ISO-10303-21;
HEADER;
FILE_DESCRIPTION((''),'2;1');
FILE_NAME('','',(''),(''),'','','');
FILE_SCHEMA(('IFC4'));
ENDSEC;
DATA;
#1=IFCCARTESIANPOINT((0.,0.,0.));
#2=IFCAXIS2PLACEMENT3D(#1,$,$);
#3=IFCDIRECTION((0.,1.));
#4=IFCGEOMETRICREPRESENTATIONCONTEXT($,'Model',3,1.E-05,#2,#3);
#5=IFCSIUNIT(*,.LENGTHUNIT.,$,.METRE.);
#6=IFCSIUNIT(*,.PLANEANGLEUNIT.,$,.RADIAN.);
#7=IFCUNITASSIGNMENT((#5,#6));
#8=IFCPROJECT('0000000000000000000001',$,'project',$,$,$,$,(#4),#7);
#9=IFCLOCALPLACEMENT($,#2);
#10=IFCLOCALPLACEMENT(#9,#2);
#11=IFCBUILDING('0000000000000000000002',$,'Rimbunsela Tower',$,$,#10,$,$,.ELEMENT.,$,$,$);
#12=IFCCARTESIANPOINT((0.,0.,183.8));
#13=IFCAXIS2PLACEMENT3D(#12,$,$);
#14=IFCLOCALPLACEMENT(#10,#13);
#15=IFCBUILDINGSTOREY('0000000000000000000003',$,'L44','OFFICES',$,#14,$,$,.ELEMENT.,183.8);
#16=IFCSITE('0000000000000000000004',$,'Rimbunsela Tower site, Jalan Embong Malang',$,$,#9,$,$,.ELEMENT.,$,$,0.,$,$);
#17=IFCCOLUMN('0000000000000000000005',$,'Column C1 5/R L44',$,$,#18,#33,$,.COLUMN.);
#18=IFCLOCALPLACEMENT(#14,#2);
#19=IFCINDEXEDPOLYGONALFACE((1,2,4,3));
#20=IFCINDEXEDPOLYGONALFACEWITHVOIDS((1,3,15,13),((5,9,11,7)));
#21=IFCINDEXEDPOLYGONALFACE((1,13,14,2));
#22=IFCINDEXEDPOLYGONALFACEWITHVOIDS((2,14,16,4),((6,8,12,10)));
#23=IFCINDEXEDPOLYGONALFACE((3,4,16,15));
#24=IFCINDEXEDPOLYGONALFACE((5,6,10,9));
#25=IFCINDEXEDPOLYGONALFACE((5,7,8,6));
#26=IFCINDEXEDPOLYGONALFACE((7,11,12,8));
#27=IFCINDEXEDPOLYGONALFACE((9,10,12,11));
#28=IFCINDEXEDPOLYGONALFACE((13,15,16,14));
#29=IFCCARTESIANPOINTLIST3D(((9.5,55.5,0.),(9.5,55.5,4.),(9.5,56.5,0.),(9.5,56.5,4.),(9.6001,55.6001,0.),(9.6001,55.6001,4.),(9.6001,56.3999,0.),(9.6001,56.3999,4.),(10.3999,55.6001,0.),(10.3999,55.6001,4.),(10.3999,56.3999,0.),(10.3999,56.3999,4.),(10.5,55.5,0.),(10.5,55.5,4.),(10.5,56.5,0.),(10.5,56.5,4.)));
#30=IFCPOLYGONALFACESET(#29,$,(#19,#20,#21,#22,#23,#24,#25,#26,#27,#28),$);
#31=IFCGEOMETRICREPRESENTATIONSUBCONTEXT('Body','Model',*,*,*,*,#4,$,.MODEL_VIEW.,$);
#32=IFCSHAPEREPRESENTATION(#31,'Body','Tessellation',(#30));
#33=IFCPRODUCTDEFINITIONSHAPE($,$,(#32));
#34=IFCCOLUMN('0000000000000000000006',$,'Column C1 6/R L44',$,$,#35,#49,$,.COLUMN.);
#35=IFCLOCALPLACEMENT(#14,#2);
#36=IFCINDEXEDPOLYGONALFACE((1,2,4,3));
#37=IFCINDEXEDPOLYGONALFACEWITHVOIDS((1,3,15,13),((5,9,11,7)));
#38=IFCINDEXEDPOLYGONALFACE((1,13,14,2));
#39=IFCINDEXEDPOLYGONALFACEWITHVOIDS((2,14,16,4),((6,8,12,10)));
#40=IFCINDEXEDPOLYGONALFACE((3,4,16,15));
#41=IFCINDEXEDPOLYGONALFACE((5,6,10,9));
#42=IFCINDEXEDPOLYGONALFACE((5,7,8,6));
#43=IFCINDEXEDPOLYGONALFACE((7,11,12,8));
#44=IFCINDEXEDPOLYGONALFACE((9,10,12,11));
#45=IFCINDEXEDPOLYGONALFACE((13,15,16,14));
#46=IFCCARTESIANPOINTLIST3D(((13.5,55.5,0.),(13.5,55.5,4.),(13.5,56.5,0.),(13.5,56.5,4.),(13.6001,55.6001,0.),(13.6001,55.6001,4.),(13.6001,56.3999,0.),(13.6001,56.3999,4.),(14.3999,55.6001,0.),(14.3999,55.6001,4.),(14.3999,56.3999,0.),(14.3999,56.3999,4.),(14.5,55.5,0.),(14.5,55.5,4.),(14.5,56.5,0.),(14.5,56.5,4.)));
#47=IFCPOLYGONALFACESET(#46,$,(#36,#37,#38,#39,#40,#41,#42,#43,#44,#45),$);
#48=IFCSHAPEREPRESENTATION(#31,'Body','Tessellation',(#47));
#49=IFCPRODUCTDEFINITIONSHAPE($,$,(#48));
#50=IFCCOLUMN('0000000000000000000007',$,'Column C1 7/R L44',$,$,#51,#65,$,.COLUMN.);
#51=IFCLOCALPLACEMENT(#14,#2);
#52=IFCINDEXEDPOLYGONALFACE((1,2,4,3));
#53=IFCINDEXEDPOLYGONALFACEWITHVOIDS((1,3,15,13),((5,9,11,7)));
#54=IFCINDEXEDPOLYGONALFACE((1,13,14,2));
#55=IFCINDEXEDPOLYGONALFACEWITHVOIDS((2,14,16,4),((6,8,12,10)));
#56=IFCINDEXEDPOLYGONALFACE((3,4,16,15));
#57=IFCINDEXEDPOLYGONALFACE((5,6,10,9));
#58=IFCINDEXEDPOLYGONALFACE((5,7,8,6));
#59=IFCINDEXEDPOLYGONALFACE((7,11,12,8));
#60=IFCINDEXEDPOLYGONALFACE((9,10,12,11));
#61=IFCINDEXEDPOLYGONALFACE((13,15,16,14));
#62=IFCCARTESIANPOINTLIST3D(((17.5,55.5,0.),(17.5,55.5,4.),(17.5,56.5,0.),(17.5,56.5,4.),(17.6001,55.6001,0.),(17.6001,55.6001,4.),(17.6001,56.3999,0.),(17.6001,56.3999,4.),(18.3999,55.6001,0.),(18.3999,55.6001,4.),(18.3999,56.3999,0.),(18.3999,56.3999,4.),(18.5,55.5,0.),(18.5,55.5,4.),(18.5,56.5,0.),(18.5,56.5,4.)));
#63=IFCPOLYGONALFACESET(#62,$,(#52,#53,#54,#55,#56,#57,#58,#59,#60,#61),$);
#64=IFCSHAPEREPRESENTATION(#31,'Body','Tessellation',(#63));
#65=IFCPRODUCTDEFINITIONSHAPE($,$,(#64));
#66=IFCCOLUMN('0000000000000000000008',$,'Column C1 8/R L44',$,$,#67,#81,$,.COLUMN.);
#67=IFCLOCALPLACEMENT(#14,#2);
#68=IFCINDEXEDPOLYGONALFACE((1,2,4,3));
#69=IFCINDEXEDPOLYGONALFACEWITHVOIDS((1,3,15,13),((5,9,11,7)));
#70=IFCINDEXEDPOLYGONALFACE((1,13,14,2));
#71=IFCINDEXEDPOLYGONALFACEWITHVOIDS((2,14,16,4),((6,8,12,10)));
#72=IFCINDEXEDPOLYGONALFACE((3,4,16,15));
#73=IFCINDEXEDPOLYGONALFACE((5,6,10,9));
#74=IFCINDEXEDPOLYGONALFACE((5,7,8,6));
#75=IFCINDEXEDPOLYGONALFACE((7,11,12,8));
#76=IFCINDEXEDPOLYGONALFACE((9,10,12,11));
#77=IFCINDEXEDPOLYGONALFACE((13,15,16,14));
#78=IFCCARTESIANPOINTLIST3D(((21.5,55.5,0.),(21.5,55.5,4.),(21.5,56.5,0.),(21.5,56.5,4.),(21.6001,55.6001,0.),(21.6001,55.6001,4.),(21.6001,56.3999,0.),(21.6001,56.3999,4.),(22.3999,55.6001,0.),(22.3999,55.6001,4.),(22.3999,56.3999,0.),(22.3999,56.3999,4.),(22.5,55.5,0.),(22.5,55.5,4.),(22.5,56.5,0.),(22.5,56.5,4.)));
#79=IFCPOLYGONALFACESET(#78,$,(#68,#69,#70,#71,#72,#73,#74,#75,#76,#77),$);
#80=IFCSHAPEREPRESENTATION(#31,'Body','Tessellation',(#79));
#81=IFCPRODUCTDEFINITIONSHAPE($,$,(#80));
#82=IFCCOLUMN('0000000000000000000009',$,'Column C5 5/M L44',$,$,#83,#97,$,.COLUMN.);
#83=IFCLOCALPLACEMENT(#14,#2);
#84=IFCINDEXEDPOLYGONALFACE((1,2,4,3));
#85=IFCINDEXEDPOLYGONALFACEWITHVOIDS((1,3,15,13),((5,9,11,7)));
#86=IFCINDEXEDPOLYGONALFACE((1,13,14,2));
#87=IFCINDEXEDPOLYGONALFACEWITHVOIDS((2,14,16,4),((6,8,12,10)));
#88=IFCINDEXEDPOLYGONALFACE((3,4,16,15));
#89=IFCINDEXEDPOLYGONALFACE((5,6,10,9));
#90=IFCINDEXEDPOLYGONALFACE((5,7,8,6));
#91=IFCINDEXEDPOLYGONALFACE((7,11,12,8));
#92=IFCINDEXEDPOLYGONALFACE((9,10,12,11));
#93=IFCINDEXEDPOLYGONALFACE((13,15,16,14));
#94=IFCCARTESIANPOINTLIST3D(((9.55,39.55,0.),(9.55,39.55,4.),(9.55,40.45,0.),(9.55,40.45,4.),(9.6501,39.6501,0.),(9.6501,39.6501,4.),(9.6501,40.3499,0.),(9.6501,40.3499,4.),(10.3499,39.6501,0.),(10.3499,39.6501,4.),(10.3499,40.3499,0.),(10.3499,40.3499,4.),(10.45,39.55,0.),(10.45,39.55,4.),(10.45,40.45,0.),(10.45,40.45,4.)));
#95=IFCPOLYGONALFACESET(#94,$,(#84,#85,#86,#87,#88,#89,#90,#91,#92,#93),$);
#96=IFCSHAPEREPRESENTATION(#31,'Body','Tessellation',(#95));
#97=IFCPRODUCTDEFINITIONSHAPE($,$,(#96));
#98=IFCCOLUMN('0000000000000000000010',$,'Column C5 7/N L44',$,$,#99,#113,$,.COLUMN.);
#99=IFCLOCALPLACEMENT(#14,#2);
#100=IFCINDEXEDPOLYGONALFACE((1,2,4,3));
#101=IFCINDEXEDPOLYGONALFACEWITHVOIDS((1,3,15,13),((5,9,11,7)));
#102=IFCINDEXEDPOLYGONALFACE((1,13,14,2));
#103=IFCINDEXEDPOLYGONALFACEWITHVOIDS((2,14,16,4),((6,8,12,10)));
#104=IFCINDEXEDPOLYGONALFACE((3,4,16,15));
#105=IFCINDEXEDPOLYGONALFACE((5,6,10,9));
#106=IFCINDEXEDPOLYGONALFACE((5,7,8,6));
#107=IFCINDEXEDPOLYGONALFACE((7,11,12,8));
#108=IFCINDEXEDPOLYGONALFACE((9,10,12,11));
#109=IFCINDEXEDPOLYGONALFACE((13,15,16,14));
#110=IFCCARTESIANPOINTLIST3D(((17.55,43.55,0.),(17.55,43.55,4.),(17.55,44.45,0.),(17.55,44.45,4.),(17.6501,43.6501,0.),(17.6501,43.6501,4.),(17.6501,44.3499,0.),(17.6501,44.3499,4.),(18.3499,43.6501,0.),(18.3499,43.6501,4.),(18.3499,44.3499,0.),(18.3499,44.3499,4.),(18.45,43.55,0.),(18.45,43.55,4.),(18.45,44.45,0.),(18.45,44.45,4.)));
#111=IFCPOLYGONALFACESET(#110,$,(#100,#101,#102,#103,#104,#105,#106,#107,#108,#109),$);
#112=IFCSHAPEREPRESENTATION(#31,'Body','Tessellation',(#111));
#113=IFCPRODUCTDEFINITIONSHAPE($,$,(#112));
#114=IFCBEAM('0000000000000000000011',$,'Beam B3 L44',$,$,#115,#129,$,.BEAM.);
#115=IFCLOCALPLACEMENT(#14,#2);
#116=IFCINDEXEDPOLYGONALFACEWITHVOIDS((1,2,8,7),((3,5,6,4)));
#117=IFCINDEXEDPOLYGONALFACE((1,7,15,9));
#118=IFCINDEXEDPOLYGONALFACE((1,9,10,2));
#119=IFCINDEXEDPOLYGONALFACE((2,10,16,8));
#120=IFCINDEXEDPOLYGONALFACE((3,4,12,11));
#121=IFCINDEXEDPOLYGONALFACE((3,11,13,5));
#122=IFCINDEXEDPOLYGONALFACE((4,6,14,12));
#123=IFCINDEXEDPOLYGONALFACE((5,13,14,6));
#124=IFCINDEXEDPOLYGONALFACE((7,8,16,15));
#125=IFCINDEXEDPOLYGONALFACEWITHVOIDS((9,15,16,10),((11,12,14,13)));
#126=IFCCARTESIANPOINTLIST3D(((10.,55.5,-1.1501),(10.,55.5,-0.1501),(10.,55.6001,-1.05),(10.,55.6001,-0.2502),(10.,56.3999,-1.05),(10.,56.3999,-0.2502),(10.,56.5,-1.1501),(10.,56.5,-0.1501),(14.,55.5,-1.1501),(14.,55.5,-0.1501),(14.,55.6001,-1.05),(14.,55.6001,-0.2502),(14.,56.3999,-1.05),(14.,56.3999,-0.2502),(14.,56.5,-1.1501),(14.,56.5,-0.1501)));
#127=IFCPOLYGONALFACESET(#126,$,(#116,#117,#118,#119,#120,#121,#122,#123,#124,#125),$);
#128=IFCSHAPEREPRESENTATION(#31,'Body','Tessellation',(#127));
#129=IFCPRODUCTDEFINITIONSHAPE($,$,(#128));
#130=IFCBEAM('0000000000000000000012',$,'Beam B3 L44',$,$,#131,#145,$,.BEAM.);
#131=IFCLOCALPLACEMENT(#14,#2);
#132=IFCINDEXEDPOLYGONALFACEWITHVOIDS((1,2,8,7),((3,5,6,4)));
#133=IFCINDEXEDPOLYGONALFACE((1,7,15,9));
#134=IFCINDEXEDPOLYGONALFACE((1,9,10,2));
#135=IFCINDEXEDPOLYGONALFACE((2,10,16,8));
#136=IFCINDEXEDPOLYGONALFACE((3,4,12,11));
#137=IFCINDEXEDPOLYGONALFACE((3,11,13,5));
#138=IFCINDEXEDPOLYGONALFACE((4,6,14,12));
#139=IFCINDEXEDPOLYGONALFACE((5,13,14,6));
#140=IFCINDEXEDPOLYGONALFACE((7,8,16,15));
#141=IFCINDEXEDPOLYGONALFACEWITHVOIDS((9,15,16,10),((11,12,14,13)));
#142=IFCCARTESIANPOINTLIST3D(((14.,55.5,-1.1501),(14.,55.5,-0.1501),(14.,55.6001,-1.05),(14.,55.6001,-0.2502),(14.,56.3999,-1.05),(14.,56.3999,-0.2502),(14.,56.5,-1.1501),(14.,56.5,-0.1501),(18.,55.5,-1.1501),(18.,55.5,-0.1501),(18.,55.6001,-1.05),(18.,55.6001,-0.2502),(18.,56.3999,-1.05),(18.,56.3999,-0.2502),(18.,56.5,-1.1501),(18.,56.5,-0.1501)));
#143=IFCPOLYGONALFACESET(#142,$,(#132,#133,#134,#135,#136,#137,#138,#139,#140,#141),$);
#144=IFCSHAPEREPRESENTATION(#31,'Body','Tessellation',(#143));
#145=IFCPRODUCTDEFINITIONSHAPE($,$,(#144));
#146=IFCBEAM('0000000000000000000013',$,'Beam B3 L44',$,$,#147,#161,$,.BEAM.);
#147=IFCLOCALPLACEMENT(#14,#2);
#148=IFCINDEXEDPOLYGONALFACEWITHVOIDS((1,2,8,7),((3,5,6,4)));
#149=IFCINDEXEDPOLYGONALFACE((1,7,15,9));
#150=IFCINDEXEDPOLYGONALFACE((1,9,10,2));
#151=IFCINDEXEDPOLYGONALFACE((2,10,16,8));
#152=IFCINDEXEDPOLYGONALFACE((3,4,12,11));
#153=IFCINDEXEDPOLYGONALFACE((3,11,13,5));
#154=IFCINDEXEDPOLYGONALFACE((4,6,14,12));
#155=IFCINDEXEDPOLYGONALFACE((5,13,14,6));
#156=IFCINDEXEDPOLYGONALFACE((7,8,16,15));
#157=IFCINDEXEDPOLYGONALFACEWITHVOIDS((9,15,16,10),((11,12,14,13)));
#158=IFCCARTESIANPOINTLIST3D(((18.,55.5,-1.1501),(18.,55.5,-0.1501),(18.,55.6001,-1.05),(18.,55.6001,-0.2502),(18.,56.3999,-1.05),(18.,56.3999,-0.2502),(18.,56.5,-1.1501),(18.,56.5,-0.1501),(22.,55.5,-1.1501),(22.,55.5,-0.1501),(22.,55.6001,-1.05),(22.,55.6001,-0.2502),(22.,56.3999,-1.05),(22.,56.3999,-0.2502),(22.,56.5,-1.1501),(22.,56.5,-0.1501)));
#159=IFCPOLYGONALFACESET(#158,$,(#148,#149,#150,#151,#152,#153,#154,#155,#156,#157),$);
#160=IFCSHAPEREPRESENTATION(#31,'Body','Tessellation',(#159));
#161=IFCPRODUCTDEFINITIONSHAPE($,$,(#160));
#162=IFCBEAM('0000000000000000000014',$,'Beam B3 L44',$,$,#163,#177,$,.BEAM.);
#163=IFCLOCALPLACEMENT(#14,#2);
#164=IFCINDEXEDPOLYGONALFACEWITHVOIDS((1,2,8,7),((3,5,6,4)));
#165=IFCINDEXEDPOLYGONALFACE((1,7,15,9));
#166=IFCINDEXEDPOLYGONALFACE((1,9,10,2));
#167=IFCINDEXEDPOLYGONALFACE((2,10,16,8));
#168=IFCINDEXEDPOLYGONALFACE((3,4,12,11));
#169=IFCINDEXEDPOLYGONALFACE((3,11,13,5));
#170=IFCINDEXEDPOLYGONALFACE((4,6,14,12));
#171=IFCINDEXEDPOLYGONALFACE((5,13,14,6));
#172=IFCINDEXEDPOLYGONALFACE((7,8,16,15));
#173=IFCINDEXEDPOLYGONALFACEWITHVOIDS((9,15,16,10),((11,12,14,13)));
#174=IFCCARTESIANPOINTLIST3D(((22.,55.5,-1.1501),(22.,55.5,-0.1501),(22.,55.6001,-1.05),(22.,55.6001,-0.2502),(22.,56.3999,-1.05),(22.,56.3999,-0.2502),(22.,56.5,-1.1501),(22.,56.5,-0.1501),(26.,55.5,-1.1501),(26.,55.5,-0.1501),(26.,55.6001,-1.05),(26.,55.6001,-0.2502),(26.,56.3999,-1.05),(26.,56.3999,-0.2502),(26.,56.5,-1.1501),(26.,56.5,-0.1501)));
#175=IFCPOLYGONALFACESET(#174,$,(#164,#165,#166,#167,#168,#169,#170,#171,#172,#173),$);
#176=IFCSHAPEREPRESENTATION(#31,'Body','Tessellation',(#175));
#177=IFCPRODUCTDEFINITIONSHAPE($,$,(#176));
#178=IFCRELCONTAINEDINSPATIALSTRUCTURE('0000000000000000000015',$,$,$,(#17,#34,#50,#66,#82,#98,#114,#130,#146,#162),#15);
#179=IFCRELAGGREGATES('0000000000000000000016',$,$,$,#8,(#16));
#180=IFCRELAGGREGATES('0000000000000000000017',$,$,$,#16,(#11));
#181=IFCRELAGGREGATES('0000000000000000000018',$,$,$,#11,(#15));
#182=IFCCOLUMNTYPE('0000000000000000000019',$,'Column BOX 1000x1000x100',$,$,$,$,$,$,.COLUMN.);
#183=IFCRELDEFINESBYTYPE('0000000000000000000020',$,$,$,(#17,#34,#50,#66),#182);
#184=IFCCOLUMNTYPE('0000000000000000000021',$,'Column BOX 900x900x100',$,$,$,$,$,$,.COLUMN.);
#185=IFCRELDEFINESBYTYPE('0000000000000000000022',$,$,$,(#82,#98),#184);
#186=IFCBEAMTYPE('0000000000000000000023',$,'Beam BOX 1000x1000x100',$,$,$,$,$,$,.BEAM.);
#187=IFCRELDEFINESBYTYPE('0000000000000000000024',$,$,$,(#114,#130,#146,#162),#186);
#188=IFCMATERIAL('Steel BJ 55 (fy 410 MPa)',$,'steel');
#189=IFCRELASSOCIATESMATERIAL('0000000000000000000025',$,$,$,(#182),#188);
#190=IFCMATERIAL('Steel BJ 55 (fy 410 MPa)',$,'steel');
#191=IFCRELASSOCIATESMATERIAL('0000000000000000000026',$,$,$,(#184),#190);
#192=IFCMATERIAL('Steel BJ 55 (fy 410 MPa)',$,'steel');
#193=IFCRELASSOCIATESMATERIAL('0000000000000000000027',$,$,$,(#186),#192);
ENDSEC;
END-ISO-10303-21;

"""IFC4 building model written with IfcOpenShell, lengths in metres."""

from ifc_helpers import new_model, si_unit, direction, frame, origin, origin_2d, place, context, subcontext, project, spatial, hollow_rectangle, extrude, material, material_profile, profile_set, type_object, element, save


model = new_model("IFC4")

# Units and contexts
model_context = context("Model", 3, precision=1e-05, world=origin(), true_north=direction((0.0, 1.0)))
body_context = subcontext(model_context, "Body", "Model", "MODEL_VIEW")
ifc_project = project(units=[si_unit("LENGTHUNIT", "METRE"), si_unit("PLANEANGLEUNIT", "RADIAN")], contexts=[model_context])

# Site, building, storey
site_placement = place(None, origin())
site = spatial("IfcSite", under=ifc_project, at=site_placement, Name="Rimbunsela Tower site, Jalan Embong Malang", CompositionType="ELEMENT", RefElevation=0.0)
building_placement = place(site_placement, origin())
building = spatial("IfcBuilding", under=site, at=building_placement, Name="Rimbunsela Tower", CompositionType="ELEMENT")
storey_placement = place(building_placement, frame((0.0, 0.0, 183.8)))
storey = spatial("IfcBuildingStorey", under=building, at=storey_placement, Name="L44", Description="OFFICES", CompositionType="ELEMENT", Elevation=183.8)

# Columns
ifc_material_1 = material(Name="Steel BJ 55 (fy 410 MPa)", Category="steel")
ifc_material_profile_1 = material_profile(ifc_material_1, hollow_rectangle(XDim=1.0, YDim=1.0, WallThickness=0.1001, at=origin_2d()), Name="BOX 1000x1000x100")
ifc_profile_set_1 = profile_set([ifc_material_profile_1], Name="Steel BJ 55 (fy 410 MPa)")
column_type_1 = type_object("IfcColumnType", Name="Column BOX 1000x1000x100", PredefinedType="COLUMN", material=ifc_profile_set_1)
for number, where, z_axis, x_axis, name in (
    (1, (10.0, 56.0, 0.0), (0.0, 0.0, 1.0), (1.0, 0.0, 0.0), "Column C1 5/R L44"),
    (2, (14.0, 56.0, 0.0), (0.0, 0.0, 1.0), (1.0, 0.0, 0.0), "Column C1 6/R L44"),
    (3, (18.0, 56.0, 0.0), (0.0, 0.0, 1.0), (1.0, 0.0, 0.0), "Column C1 7/R L44"),
    (4, (22.0, 56.0, 0.0), (0.0, 0.0, 1.0), (1.0, 0.0, 0.0), "Column C1 8/R L44"),
):
    element("IfcColumn", number, at=place(storey_placement, frame(where, z_axis=z_axis, x_axis=x_axis)), inside=storey, type_object=column_type_1, Name=name, PredefinedType="COLUMN", context=body_context, shape_type="SweptSolid", body=[
        extrude(hollow_rectangle(XDim=1.0, YDim=1.0, WallThickness=0.1001, at=origin_2d()), origin(), (0.0, 0.0, 1.0), 4.0),
    ])
ifc_material_2 = material(Name="Steel BJ 55 (fy 410 MPa)", Category="steel")
ifc_material_profile_2 = material_profile(ifc_material_2, hollow_rectangle(XDim=0.8999, YDim=0.8999, WallThickness=0.1001, at=origin_2d()), Name="BOX 900x900x100")
ifc_profile_set_2 = profile_set([ifc_material_profile_2], Name="Steel BJ 55 (fy 410 MPa)")
column_type_2 = type_object("IfcColumnType", Name="Column BOX 900x900x100", PredefinedType="COLUMN", material=ifc_profile_set_2)
for number, where, z_axis, x_axis, name in (
    (5, (10.0, 40.0, 0.0), (0.0, 0.0, 1.0), (1.0, 0.0, 0.0), "Column C5 5/M L44"),
    (6, (18.0, 44.0, 0.0), (0.0, 0.0, 1.0), (1.0, 0.0, 0.0), "Column C5 7/N L44"),
):
    element("IfcColumn", number, at=place(storey_placement, frame(where, z_axis=z_axis, x_axis=x_axis)), inside=storey, type_object=column_type_2, Name=name, PredefinedType="COLUMN", context=body_context, shape_type="SweptSolid", body=[
        extrude(hollow_rectangle(XDim=0.8999, YDim=0.8999, WallThickness=0.1001, at=origin_2d()), origin(), (0.0, 0.0, 1.0), 4.0),
    ])

# Beams
ifc_material_3 = material(Name="Steel BJ 55 (fy 410 MPa)", Category="steel")
ifc_material_profile_3 = material_profile(ifc_material_3, hollow_rectangle(XDim=1.0, YDim=1.0, WallThickness=0.1001, at=origin_2d()), Name="BOX 1000x1000x100")
ifc_profile_set_3 = profile_set([ifc_material_profile_3], Name="Steel BJ 55 (fy 410 MPa)")
beam_type_1 = type_object("IfcBeamType", Name="Beam BOX 1000x1000x100", PredefinedType="BEAM", material=ifc_profile_set_3)
for number, where, z_axis, x_axis, name in (
    (7, (10.0, 56.0, -0.6501), (1.0, 0.0, 0.0), (0.0, 1.0, 0.0), "Beam B3 L44"),
    (8, (14.0, 56.0, -0.6501), (1.0, 0.0, 0.0), (0.0, 1.0, 0.0), "Beam B3 L44"),
    (9, (18.0, 56.0, -0.6501), (1.0, 0.0, 0.0), (0.0, 1.0, 0.0), "Beam B3 L44"),
    (10, (22.0, 56.0, -0.6501), (1.0, 0.0, 0.0), (0.0, 1.0, 0.0), "Beam B3 L44"),
):
    element("IfcBeam", number, at=place(storey_placement, frame(where, z_axis=z_axis, x_axis=x_axis)), inside=storey, type_object=beam_type_1, Name=name, PredefinedType="BEAM", context=body_context, shape_type="SweptSolid", body=[
        extrude(hollow_rectangle(XDim=1.0, YDim=1.0, WallThickness=0.1001, at=origin_2d()), origin(), (0.0, 0.0, 1.0), 4.0),
    ])

save(model, "model.ifc")
